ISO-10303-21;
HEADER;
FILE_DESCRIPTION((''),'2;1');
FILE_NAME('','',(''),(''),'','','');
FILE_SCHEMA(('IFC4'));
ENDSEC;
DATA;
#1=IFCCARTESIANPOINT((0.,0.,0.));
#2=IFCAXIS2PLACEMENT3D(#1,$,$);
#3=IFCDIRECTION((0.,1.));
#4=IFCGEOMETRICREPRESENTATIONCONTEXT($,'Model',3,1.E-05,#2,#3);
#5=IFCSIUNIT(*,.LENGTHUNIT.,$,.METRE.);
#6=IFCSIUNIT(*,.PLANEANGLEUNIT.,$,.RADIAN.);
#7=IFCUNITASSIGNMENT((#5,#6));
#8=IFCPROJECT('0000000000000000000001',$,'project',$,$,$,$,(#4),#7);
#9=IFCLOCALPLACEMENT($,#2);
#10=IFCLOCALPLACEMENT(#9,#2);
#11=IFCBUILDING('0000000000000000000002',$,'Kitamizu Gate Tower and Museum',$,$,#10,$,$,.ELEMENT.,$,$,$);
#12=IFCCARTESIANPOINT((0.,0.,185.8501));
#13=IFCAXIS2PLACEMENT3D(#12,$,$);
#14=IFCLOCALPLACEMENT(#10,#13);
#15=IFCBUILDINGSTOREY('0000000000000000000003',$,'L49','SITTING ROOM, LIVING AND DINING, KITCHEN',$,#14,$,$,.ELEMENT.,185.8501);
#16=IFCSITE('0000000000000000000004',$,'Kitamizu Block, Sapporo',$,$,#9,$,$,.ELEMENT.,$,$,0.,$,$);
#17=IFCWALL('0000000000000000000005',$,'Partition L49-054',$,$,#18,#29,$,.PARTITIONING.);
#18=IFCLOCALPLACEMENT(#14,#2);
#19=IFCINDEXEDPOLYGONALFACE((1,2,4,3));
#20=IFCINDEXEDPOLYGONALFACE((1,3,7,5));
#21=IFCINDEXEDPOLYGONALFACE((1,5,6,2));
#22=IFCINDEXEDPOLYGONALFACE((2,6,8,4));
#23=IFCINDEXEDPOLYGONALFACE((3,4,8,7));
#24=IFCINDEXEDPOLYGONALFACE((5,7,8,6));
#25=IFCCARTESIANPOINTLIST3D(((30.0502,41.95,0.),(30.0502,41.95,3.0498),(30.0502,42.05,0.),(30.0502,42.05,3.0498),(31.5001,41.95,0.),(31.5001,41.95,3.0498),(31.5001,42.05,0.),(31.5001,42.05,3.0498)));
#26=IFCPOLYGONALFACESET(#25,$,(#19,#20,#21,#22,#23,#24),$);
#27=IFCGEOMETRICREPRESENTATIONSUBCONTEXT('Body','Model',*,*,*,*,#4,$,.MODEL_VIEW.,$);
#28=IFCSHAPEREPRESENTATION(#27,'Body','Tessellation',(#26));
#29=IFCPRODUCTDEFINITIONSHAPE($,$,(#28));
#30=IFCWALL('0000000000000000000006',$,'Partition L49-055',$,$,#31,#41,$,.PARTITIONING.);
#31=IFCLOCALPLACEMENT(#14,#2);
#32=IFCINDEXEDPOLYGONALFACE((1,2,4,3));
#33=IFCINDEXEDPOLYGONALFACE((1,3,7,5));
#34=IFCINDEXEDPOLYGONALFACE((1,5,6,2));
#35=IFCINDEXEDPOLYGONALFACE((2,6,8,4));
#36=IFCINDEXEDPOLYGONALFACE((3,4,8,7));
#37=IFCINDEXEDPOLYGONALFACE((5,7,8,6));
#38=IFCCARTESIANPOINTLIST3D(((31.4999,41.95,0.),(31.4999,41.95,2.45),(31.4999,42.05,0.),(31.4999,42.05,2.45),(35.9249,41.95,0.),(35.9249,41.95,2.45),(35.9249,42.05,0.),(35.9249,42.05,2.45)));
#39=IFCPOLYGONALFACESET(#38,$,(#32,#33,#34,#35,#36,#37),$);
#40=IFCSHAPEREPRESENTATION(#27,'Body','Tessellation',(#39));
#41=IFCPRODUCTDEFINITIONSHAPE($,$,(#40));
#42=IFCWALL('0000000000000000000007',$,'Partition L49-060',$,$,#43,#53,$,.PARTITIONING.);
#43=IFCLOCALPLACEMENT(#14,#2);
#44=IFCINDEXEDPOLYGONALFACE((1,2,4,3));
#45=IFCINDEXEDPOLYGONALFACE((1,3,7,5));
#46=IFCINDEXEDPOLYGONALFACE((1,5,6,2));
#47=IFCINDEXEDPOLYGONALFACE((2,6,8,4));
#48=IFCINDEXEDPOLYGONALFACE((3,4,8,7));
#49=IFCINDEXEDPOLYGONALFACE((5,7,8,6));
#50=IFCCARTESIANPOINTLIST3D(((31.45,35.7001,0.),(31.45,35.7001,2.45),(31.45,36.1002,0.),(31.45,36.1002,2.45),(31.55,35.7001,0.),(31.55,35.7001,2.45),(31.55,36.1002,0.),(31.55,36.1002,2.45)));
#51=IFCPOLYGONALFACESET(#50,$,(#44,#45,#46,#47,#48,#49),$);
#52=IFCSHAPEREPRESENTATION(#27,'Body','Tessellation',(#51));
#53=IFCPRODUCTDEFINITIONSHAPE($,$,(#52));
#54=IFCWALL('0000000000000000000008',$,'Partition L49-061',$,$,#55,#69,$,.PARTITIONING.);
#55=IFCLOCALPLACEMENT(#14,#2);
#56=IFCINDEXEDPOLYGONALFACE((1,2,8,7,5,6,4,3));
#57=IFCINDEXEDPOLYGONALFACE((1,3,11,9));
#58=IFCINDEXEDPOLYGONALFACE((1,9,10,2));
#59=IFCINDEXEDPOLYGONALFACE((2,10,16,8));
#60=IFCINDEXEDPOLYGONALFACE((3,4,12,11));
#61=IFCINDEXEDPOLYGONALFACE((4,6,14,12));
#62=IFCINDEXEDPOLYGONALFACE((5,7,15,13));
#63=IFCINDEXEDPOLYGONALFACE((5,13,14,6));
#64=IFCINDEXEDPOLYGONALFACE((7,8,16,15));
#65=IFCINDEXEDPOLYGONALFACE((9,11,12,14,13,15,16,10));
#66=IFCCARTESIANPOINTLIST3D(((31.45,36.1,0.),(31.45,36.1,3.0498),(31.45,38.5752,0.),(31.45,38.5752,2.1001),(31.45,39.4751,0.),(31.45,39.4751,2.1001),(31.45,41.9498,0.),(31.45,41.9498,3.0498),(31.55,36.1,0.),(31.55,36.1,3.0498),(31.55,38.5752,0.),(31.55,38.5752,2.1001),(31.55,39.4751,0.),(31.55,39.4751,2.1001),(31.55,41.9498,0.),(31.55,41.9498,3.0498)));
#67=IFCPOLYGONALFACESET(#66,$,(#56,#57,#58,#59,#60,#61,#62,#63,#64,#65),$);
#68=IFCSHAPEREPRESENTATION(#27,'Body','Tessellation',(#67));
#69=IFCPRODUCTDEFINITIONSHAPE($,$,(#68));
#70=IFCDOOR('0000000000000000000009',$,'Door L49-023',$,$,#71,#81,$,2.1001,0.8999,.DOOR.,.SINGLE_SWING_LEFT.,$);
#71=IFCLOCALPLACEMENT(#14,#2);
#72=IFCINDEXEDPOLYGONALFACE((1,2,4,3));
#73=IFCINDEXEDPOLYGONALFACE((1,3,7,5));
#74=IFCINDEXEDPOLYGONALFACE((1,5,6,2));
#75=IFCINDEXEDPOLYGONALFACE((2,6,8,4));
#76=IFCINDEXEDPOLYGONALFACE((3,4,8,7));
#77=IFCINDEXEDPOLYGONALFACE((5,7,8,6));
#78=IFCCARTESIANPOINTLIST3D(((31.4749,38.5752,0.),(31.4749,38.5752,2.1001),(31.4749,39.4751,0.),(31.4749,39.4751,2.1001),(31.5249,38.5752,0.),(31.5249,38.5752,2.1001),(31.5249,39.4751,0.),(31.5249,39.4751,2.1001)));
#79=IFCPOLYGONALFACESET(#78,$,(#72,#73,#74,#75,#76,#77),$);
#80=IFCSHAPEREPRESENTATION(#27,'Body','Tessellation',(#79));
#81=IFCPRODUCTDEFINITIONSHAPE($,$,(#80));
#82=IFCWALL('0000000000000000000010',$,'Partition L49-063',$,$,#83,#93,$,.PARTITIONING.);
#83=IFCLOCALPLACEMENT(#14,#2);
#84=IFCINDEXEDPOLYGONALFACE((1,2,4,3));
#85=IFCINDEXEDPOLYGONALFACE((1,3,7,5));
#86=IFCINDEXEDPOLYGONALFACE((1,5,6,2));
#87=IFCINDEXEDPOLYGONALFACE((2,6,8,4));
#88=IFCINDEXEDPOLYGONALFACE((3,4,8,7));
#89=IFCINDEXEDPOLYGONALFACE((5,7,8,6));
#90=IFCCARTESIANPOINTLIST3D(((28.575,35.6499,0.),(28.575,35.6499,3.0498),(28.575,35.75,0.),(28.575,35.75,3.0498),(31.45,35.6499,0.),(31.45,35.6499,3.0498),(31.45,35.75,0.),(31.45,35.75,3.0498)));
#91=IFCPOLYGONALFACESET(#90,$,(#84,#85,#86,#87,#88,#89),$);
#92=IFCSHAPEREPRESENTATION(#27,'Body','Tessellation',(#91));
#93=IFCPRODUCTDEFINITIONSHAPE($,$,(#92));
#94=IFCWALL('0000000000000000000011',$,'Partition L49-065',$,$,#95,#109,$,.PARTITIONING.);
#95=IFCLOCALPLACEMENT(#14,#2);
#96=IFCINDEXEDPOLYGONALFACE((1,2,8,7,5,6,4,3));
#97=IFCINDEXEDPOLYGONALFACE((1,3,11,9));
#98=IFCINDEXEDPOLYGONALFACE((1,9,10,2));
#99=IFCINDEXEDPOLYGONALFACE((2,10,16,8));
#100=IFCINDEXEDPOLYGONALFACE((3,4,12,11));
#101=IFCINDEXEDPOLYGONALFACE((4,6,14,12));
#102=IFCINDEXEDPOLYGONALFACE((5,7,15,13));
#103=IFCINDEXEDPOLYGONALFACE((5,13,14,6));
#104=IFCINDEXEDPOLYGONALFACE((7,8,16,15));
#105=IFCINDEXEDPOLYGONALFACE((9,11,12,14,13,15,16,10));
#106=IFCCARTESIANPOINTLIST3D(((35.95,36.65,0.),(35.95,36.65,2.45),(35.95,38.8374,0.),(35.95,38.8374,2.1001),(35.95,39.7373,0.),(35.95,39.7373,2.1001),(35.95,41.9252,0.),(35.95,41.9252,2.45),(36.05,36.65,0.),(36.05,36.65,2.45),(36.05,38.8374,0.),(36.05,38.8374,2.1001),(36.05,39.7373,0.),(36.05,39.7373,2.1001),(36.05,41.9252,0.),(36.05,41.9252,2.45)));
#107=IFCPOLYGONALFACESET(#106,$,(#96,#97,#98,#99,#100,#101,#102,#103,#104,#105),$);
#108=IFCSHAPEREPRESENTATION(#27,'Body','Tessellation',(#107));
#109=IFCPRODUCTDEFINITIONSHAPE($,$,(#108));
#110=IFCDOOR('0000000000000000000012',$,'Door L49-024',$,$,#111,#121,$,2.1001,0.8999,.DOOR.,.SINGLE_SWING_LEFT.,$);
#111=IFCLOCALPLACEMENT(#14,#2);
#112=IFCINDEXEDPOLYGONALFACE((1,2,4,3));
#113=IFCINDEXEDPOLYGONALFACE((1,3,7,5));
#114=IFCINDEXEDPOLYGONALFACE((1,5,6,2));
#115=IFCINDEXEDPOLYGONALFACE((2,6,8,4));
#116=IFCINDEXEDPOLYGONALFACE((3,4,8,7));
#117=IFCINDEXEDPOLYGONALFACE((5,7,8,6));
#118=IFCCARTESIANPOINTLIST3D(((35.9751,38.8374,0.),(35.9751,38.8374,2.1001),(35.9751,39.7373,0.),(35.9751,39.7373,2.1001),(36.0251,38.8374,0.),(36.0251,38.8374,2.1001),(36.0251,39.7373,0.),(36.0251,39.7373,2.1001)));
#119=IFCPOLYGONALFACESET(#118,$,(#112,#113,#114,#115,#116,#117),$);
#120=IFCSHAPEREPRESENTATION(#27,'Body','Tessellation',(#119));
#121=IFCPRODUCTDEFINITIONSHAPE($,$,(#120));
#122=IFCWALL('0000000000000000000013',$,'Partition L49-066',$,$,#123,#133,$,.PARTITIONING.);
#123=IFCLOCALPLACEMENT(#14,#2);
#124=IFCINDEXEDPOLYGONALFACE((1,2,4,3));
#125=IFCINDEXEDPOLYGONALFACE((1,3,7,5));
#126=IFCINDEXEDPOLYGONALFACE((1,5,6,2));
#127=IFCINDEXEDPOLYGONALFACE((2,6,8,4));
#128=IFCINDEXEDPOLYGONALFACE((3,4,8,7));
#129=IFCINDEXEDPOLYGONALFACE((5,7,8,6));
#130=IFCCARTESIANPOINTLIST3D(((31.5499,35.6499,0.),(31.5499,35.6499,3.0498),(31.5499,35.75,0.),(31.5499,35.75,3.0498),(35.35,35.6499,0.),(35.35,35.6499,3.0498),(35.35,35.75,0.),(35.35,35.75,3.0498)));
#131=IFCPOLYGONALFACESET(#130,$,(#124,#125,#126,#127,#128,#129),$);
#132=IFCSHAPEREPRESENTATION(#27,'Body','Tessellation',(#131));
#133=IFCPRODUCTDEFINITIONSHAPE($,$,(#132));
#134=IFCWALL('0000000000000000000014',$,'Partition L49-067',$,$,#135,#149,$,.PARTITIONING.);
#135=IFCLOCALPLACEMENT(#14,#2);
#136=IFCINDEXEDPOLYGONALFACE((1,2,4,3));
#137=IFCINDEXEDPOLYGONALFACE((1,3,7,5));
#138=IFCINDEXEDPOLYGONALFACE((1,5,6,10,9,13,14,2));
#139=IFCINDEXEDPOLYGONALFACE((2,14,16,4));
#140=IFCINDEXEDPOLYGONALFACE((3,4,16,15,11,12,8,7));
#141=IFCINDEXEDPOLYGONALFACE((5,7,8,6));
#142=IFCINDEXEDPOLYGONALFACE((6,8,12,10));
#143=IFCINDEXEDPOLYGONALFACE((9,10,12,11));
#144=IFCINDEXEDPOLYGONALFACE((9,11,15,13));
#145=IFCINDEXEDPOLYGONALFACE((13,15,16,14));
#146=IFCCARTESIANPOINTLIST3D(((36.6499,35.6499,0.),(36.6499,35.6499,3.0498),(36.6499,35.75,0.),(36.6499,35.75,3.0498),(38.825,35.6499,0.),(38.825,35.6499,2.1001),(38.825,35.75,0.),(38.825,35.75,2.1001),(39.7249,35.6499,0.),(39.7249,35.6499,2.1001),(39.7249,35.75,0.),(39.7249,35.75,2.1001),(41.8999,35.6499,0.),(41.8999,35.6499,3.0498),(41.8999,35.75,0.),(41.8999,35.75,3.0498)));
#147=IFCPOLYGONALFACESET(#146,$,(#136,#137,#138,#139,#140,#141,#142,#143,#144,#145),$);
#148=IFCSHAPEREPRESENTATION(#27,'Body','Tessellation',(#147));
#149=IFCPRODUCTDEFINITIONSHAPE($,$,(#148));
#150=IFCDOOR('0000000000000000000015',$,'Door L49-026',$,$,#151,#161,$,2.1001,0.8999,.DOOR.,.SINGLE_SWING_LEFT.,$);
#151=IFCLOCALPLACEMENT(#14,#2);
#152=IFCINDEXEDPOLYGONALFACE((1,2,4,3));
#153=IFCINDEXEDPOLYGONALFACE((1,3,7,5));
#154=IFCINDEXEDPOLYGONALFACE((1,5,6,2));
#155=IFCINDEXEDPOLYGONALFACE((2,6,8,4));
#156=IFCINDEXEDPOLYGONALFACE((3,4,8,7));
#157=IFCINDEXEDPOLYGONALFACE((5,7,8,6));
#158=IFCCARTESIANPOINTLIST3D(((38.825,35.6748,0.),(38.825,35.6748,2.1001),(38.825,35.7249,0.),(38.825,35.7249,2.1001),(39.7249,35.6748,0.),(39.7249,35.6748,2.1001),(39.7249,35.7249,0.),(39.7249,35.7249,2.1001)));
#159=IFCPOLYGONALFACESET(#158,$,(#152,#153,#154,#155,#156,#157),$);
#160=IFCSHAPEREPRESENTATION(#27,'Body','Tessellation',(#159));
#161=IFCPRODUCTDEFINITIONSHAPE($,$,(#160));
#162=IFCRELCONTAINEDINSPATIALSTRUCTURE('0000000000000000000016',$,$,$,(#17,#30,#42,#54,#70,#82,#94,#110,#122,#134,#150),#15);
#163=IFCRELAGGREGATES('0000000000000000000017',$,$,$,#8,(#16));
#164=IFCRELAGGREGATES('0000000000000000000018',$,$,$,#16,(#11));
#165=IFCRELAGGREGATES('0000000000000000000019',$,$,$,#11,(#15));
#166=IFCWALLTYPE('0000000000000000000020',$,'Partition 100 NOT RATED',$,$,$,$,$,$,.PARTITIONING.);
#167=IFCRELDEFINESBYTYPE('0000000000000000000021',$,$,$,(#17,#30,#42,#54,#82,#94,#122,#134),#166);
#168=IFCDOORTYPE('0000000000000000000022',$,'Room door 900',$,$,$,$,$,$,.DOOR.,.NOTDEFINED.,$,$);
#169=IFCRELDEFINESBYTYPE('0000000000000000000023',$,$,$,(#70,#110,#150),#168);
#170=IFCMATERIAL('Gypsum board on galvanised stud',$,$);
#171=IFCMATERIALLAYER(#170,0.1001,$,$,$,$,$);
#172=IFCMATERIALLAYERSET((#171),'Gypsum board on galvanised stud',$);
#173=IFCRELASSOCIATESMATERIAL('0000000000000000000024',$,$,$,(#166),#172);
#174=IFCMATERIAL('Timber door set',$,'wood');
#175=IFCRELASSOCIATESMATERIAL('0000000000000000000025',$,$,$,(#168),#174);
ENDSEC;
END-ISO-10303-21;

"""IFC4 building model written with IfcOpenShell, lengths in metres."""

from ifc_helpers import new_model, si_unit, direction, frame, frame_2d, origin, place, context, subcontext, project, spatial, rectangle, extrude, material, layer, layer_set, type_object, element, fill, save


model = new_model("IFC4")

# Units and contexts
model_context = context("Model", 3, precision=1e-05, world=origin(), true_north=direction((0.0, 1.0)))
body_context = subcontext(model_context, "Body", "Model", "MODEL_VIEW")
ifc_project = project(units=[si_unit("LENGTHUNIT", "METRE"), si_unit("PLANEANGLEUNIT", "RADIAN")], contexts=[model_context])

# Site, building, storey
site_placement = place(None, origin())
site = spatial("IfcSite", under=ifc_project, at=site_placement, Name="Kitamizu Block, Sapporo", CompositionType="ELEMENT", RefElevation=0.0)
building_placement = place(site_placement, origin())
building = spatial("IfcBuilding", under=site, at=building_placement, Name="Kitamizu Gate Tower and Museum", CompositionType="ELEMENT")
storey_placement = place(building_placement, frame((0.0, 0.0, 185.8501)))
storey = spatial("IfcBuildingStorey", under=building, at=storey_placement, Name="L49", Description="SITTING ROOM, LIVING AND DINING, KITCHEN", CompositionType="ELEMENT", Elevation=185.8501)

# Shared definitions
ifc_material_1 = material(Name="Gypsum board on galvanised stud")
ifc_layer_1 = layer(ifc_material_1, 0.1001)
ifc_layer_set_1 = layer_set([ifc_layer_1], Name="Gypsum board on galvanised stud")
wall_type_1 = type_object("IfcWallType", Name="Partition 100 NOT RATED", PredefinedType="PARTITIONING", material=ifc_layer_set_1)
ifc_material_2 = material(Name="Timber door set", Category="wood")
door_type_1 = type_object("IfcDoorType", Name="Room door 900", OperationType="NOTDEFINED", PredefinedType="DOOR", material=ifc_material_2)

# Walls
wall_1_placement = place(storey_placement, frame((30.05, 42.0, 0.0), z_axis=(0.0, 0.0, 1.0), x_axis=(1.0, 0.0, 0.0)))
element("IfcWall", 1, at=wall_1_placement, inside=storey, type_object=wall_type_1, Name="Partition L49-054", PredefinedType="PARTITIONING", context=body_context, shape_type="SweptSolid", body=[
    extrude(rectangle(XDim=1.45, YDim=0.1001, at=frame_2d((0.7251, 0.0))), origin(), (0.0, 0.0, 1.0), 3.0498),
])
wall_2_placement = place(storey_placement, frame((31.5, 42.0, 0.0), z_axis=(0.0, 0.0, 1.0), x_axis=(1.0, 0.0, 0.0)))
element("IfcWall", 2, at=wall_2_placement, inside=storey, type_object=wall_type_1, Name="Partition L49-055", PredefinedType="PARTITIONING", context=body_context, shape_type="SweptSolid", body=[
    extrude(rectangle(XDim=4.425, YDim=0.1001, at=frame_2d((2.2124, 0.0))), origin(), (0.0, 0.0, 1.0), 2.45),
])
wall_3_placement = place(storey_placement, frame((31.5, 35.7, 0.0), z_axis=(0.0, 0.0, 1.0), x_axis=(0.0, 1.0, 0.0)))
element("IfcWall", 3, at=wall_3_placement, inside=storey, type_object=wall_type_1, Name="Partition L49-060", PredefinedType="PARTITIONING", context=body_context, shape_type="SweptSolid", body=[
    extrude(rectangle(XDim=0.4001, YDim=0.1001, at=frame_2d((0.2002, 0.0))), origin(), (0.0, 0.0, 1.0), 2.45),
])

# Wall, opening, door
wall_4_placement = place(storey_placement, frame((31.5, 36.1001, 0.0), z_axis=(0.0, 0.0, 1.0), x_axis=(0.0, 1.0, 0.0)))
wall_4 = element("IfcWall", 4, at=wall_4_placement, inside=storey, type_object=wall_type_1, Name="Partition L49-061", PredefinedType="PARTITIONING", context=body_context, shape_type="SweptSolid", body=[
    extrude(rectangle(XDim=5.8499, YDim=0.1001, at=frame_2d((2.9248, 0.0))), origin(), (0.0, 0.0, 1.0), 3.0498),
])
opening_1_placement = place(wall_4_placement, frame((2.4751, 0.0, 0.0)))
opening_1 = element("IfcOpeningElement", 5, at=opening_1_placement, cuts=wall_4, PredefinedType="OPENING", context=body_context, shape_type="SweptSolid", body=[
    extrude(rectangle(XDim=0.8999, YDim=2.1001, at=frame_2d((0.45, 1.05))), frame((0.0, 0.0601, 0.0), z_axis=(0.0, -1.0, 0.0), x_axis=(1.0, 0.0, 0.0)), (0.0, 0.0, 1.0), 0.1201),
])
door_1_placement = place(opening_1_placement, frame((0.8999, 0.0, 0.0), x_axis=(-1.0, 0.0, 0.0)))
door_1 = element("IfcDoor", 6, at=door_1_placement, inside=storey, type_object=door_type_1, Name="Door L49-023", OperationType="SINGLE_SWING_LEFT", OverallHeight=2.1001, OverallWidth=0.8999, PredefinedType="DOOR", context=body_context, shape_type="SweptSolid", body=[
    extrude(rectangle(XDim=0.8999, YDim=2.1001, at=frame_2d((0.45, 1.05))), frame((0.0, 0.0249, 0.0), z_axis=(0.0, -1.0, 0.0), x_axis=(1.0, 0.0, 0.0)), (0.0, 0.0, 1.0), 0.05),
])
fill(opening_1, door_1)

# Wall
wall_5_placement = place(storey_placement, frame((28.575, 35.7, 0.0), z_axis=(0.0, 0.0, 1.0), x_axis=(1.0, 0.0, 0.0)))
element("IfcWall", 7, at=wall_5_placement, inside=storey, type_object=wall_type_1, Name="Partition L49-063", PredefinedType="PARTITIONING", context=body_context, shape_type="SweptSolid", body=[
    extrude(rectangle(XDim=2.875, YDim=0.1001, at=frame_2d((1.4375, 0.0))), origin(), (0.0, 0.0, 1.0), 3.0498),
])

# Wall, opening, door
wall_6_placement = place(storey_placement, frame((36.0, 36.6499, 0.0), z_axis=(0.0, 0.0, 1.0), x_axis=(0.0, 1.0, 0.0)))
wall_6 = element("IfcWall", 8, at=wall_6_placement, inside=storey, type_object=wall_type_1, Name="Partition L49-065", PredefinedType="PARTITIONING", context=body_context, shape_type="SweptSolid", body=[
    extrude(rectangle(XDim=5.2751, YDim=0.1001, at=frame_2d((2.6377, 0.0))), origin(), (0.0, 0.0, 1.0), 2.45),
])
opening_2_placement = place(wall_6_placement, frame((2.1875, 0.0, 0.0)))
opening_2 = element("IfcOpeningElement", 9, at=opening_2_placement, cuts=wall_6, PredefinedType="OPENING", context=body_context, shape_type="SweptSolid", body=[
    extrude(rectangle(XDim=0.8999, YDim=2.1001, at=frame_2d((0.45, 1.05))), frame((0.0, 0.0601, 0.0), z_axis=(0.0, -1.0, 0.0), x_axis=(1.0, 0.0, 0.0)), (0.0, 0.0, 1.0), 0.1201),
])
door_2_placement = place(opening_2_placement, origin())
door_2 = element("IfcDoor", 10, at=door_2_placement, inside=storey, type_object=door_type_1, Name="Door L49-024", OperationType="SINGLE_SWING_LEFT", OverallHeight=2.1001, OverallWidth=0.8999, PredefinedType="DOOR", context=body_context, shape_type="SweptSolid", body=[
    extrude(rectangle(XDim=0.8999, YDim=2.1001, at=frame_2d((0.45, 1.05))), frame((0.0, 0.0249, 0.0), z_axis=(0.0, -1.0, 0.0), x_axis=(1.0, 0.0, 0.0)), (0.0, 0.0, 1.0), 0.05),
])
fill(opening_2, door_2)

# Wall
wall_7_placement = place(storey_placement, frame((31.55, 35.7, 0.0), z_axis=(0.0, 0.0, 1.0), x_axis=(1.0, 0.0, 0.0)))
element("IfcWall", 11, at=wall_7_placement, inside=storey, type_object=wall_type_1, Name="Partition L49-066", PredefinedType="PARTITIONING", context=body_context, shape_type="SweptSolid", body=[
    extrude(rectangle(XDim=3.8, YDim=0.1001, at=frame_2d((1.8999, 0.0))), origin(), (0.0, 0.0, 1.0), 3.0498),
])

# Wall, opening, door
wall_8_placement = place(storey_placement, frame((36.6499, 35.7, 0.0), z_axis=(0.0, 0.0, 1.0), x_axis=(1.0, 0.0, 0.0)))
wall_8 = element("IfcWall", 12, at=wall_8_placement, inside=storey, type_object=wall_type_1, Name="Partition L49-067", PredefinedType="PARTITIONING", context=body_context, shape_type="SweptSolid", body=[
    extrude(rectangle(XDim=5.25, YDim=0.1001, at=frame_2d((2.625, 0.0))), origin(), (0.0, 0.0, 1.0), 3.0498),
])
opening_3_placement = place(wall_8_placement, frame((2.175, 0.0, 0.0)))
opening_3 = element("IfcOpeningElement", 13, at=opening_3_placement, cuts=wall_8, PredefinedType="OPENING", context=body_context, shape_type="SweptSolid", body=[
    extrude(rectangle(XDim=0.8999, YDim=2.1001, at=frame_2d((0.45, 1.05))), frame((0.0, 0.0601, 0.0), z_axis=(0.0, -1.0, 0.0), x_axis=(1.0, 0.0, 0.0)), (0.0, 0.0, 1.0), 0.1201),
])
door_3_placement = place(opening_3_placement, origin())
door_3 = element("IfcDoor", 14, at=door_3_placement, inside=storey, type_object=door_type_1, Name="Door L49-026", OperationType="SINGLE_SWING_LEFT", OverallHeight=2.1001, OverallWidth=0.8999, PredefinedType="DOOR", context=body_context, shape_type="SweptSolid", body=[
    extrude(rectangle(XDim=0.8999, YDim=2.1001, at=frame_2d((0.45, 1.05))), frame((0.0, 0.0249, 0.0), z_axis=(0.0, -1.0, 0.0), x_axis=(1.0, 0.0, 0.0)), (0.0, 0.0, 1.0), 0.05),
])
fill(opening_3, door_3)

save(model, "model.ifc")
